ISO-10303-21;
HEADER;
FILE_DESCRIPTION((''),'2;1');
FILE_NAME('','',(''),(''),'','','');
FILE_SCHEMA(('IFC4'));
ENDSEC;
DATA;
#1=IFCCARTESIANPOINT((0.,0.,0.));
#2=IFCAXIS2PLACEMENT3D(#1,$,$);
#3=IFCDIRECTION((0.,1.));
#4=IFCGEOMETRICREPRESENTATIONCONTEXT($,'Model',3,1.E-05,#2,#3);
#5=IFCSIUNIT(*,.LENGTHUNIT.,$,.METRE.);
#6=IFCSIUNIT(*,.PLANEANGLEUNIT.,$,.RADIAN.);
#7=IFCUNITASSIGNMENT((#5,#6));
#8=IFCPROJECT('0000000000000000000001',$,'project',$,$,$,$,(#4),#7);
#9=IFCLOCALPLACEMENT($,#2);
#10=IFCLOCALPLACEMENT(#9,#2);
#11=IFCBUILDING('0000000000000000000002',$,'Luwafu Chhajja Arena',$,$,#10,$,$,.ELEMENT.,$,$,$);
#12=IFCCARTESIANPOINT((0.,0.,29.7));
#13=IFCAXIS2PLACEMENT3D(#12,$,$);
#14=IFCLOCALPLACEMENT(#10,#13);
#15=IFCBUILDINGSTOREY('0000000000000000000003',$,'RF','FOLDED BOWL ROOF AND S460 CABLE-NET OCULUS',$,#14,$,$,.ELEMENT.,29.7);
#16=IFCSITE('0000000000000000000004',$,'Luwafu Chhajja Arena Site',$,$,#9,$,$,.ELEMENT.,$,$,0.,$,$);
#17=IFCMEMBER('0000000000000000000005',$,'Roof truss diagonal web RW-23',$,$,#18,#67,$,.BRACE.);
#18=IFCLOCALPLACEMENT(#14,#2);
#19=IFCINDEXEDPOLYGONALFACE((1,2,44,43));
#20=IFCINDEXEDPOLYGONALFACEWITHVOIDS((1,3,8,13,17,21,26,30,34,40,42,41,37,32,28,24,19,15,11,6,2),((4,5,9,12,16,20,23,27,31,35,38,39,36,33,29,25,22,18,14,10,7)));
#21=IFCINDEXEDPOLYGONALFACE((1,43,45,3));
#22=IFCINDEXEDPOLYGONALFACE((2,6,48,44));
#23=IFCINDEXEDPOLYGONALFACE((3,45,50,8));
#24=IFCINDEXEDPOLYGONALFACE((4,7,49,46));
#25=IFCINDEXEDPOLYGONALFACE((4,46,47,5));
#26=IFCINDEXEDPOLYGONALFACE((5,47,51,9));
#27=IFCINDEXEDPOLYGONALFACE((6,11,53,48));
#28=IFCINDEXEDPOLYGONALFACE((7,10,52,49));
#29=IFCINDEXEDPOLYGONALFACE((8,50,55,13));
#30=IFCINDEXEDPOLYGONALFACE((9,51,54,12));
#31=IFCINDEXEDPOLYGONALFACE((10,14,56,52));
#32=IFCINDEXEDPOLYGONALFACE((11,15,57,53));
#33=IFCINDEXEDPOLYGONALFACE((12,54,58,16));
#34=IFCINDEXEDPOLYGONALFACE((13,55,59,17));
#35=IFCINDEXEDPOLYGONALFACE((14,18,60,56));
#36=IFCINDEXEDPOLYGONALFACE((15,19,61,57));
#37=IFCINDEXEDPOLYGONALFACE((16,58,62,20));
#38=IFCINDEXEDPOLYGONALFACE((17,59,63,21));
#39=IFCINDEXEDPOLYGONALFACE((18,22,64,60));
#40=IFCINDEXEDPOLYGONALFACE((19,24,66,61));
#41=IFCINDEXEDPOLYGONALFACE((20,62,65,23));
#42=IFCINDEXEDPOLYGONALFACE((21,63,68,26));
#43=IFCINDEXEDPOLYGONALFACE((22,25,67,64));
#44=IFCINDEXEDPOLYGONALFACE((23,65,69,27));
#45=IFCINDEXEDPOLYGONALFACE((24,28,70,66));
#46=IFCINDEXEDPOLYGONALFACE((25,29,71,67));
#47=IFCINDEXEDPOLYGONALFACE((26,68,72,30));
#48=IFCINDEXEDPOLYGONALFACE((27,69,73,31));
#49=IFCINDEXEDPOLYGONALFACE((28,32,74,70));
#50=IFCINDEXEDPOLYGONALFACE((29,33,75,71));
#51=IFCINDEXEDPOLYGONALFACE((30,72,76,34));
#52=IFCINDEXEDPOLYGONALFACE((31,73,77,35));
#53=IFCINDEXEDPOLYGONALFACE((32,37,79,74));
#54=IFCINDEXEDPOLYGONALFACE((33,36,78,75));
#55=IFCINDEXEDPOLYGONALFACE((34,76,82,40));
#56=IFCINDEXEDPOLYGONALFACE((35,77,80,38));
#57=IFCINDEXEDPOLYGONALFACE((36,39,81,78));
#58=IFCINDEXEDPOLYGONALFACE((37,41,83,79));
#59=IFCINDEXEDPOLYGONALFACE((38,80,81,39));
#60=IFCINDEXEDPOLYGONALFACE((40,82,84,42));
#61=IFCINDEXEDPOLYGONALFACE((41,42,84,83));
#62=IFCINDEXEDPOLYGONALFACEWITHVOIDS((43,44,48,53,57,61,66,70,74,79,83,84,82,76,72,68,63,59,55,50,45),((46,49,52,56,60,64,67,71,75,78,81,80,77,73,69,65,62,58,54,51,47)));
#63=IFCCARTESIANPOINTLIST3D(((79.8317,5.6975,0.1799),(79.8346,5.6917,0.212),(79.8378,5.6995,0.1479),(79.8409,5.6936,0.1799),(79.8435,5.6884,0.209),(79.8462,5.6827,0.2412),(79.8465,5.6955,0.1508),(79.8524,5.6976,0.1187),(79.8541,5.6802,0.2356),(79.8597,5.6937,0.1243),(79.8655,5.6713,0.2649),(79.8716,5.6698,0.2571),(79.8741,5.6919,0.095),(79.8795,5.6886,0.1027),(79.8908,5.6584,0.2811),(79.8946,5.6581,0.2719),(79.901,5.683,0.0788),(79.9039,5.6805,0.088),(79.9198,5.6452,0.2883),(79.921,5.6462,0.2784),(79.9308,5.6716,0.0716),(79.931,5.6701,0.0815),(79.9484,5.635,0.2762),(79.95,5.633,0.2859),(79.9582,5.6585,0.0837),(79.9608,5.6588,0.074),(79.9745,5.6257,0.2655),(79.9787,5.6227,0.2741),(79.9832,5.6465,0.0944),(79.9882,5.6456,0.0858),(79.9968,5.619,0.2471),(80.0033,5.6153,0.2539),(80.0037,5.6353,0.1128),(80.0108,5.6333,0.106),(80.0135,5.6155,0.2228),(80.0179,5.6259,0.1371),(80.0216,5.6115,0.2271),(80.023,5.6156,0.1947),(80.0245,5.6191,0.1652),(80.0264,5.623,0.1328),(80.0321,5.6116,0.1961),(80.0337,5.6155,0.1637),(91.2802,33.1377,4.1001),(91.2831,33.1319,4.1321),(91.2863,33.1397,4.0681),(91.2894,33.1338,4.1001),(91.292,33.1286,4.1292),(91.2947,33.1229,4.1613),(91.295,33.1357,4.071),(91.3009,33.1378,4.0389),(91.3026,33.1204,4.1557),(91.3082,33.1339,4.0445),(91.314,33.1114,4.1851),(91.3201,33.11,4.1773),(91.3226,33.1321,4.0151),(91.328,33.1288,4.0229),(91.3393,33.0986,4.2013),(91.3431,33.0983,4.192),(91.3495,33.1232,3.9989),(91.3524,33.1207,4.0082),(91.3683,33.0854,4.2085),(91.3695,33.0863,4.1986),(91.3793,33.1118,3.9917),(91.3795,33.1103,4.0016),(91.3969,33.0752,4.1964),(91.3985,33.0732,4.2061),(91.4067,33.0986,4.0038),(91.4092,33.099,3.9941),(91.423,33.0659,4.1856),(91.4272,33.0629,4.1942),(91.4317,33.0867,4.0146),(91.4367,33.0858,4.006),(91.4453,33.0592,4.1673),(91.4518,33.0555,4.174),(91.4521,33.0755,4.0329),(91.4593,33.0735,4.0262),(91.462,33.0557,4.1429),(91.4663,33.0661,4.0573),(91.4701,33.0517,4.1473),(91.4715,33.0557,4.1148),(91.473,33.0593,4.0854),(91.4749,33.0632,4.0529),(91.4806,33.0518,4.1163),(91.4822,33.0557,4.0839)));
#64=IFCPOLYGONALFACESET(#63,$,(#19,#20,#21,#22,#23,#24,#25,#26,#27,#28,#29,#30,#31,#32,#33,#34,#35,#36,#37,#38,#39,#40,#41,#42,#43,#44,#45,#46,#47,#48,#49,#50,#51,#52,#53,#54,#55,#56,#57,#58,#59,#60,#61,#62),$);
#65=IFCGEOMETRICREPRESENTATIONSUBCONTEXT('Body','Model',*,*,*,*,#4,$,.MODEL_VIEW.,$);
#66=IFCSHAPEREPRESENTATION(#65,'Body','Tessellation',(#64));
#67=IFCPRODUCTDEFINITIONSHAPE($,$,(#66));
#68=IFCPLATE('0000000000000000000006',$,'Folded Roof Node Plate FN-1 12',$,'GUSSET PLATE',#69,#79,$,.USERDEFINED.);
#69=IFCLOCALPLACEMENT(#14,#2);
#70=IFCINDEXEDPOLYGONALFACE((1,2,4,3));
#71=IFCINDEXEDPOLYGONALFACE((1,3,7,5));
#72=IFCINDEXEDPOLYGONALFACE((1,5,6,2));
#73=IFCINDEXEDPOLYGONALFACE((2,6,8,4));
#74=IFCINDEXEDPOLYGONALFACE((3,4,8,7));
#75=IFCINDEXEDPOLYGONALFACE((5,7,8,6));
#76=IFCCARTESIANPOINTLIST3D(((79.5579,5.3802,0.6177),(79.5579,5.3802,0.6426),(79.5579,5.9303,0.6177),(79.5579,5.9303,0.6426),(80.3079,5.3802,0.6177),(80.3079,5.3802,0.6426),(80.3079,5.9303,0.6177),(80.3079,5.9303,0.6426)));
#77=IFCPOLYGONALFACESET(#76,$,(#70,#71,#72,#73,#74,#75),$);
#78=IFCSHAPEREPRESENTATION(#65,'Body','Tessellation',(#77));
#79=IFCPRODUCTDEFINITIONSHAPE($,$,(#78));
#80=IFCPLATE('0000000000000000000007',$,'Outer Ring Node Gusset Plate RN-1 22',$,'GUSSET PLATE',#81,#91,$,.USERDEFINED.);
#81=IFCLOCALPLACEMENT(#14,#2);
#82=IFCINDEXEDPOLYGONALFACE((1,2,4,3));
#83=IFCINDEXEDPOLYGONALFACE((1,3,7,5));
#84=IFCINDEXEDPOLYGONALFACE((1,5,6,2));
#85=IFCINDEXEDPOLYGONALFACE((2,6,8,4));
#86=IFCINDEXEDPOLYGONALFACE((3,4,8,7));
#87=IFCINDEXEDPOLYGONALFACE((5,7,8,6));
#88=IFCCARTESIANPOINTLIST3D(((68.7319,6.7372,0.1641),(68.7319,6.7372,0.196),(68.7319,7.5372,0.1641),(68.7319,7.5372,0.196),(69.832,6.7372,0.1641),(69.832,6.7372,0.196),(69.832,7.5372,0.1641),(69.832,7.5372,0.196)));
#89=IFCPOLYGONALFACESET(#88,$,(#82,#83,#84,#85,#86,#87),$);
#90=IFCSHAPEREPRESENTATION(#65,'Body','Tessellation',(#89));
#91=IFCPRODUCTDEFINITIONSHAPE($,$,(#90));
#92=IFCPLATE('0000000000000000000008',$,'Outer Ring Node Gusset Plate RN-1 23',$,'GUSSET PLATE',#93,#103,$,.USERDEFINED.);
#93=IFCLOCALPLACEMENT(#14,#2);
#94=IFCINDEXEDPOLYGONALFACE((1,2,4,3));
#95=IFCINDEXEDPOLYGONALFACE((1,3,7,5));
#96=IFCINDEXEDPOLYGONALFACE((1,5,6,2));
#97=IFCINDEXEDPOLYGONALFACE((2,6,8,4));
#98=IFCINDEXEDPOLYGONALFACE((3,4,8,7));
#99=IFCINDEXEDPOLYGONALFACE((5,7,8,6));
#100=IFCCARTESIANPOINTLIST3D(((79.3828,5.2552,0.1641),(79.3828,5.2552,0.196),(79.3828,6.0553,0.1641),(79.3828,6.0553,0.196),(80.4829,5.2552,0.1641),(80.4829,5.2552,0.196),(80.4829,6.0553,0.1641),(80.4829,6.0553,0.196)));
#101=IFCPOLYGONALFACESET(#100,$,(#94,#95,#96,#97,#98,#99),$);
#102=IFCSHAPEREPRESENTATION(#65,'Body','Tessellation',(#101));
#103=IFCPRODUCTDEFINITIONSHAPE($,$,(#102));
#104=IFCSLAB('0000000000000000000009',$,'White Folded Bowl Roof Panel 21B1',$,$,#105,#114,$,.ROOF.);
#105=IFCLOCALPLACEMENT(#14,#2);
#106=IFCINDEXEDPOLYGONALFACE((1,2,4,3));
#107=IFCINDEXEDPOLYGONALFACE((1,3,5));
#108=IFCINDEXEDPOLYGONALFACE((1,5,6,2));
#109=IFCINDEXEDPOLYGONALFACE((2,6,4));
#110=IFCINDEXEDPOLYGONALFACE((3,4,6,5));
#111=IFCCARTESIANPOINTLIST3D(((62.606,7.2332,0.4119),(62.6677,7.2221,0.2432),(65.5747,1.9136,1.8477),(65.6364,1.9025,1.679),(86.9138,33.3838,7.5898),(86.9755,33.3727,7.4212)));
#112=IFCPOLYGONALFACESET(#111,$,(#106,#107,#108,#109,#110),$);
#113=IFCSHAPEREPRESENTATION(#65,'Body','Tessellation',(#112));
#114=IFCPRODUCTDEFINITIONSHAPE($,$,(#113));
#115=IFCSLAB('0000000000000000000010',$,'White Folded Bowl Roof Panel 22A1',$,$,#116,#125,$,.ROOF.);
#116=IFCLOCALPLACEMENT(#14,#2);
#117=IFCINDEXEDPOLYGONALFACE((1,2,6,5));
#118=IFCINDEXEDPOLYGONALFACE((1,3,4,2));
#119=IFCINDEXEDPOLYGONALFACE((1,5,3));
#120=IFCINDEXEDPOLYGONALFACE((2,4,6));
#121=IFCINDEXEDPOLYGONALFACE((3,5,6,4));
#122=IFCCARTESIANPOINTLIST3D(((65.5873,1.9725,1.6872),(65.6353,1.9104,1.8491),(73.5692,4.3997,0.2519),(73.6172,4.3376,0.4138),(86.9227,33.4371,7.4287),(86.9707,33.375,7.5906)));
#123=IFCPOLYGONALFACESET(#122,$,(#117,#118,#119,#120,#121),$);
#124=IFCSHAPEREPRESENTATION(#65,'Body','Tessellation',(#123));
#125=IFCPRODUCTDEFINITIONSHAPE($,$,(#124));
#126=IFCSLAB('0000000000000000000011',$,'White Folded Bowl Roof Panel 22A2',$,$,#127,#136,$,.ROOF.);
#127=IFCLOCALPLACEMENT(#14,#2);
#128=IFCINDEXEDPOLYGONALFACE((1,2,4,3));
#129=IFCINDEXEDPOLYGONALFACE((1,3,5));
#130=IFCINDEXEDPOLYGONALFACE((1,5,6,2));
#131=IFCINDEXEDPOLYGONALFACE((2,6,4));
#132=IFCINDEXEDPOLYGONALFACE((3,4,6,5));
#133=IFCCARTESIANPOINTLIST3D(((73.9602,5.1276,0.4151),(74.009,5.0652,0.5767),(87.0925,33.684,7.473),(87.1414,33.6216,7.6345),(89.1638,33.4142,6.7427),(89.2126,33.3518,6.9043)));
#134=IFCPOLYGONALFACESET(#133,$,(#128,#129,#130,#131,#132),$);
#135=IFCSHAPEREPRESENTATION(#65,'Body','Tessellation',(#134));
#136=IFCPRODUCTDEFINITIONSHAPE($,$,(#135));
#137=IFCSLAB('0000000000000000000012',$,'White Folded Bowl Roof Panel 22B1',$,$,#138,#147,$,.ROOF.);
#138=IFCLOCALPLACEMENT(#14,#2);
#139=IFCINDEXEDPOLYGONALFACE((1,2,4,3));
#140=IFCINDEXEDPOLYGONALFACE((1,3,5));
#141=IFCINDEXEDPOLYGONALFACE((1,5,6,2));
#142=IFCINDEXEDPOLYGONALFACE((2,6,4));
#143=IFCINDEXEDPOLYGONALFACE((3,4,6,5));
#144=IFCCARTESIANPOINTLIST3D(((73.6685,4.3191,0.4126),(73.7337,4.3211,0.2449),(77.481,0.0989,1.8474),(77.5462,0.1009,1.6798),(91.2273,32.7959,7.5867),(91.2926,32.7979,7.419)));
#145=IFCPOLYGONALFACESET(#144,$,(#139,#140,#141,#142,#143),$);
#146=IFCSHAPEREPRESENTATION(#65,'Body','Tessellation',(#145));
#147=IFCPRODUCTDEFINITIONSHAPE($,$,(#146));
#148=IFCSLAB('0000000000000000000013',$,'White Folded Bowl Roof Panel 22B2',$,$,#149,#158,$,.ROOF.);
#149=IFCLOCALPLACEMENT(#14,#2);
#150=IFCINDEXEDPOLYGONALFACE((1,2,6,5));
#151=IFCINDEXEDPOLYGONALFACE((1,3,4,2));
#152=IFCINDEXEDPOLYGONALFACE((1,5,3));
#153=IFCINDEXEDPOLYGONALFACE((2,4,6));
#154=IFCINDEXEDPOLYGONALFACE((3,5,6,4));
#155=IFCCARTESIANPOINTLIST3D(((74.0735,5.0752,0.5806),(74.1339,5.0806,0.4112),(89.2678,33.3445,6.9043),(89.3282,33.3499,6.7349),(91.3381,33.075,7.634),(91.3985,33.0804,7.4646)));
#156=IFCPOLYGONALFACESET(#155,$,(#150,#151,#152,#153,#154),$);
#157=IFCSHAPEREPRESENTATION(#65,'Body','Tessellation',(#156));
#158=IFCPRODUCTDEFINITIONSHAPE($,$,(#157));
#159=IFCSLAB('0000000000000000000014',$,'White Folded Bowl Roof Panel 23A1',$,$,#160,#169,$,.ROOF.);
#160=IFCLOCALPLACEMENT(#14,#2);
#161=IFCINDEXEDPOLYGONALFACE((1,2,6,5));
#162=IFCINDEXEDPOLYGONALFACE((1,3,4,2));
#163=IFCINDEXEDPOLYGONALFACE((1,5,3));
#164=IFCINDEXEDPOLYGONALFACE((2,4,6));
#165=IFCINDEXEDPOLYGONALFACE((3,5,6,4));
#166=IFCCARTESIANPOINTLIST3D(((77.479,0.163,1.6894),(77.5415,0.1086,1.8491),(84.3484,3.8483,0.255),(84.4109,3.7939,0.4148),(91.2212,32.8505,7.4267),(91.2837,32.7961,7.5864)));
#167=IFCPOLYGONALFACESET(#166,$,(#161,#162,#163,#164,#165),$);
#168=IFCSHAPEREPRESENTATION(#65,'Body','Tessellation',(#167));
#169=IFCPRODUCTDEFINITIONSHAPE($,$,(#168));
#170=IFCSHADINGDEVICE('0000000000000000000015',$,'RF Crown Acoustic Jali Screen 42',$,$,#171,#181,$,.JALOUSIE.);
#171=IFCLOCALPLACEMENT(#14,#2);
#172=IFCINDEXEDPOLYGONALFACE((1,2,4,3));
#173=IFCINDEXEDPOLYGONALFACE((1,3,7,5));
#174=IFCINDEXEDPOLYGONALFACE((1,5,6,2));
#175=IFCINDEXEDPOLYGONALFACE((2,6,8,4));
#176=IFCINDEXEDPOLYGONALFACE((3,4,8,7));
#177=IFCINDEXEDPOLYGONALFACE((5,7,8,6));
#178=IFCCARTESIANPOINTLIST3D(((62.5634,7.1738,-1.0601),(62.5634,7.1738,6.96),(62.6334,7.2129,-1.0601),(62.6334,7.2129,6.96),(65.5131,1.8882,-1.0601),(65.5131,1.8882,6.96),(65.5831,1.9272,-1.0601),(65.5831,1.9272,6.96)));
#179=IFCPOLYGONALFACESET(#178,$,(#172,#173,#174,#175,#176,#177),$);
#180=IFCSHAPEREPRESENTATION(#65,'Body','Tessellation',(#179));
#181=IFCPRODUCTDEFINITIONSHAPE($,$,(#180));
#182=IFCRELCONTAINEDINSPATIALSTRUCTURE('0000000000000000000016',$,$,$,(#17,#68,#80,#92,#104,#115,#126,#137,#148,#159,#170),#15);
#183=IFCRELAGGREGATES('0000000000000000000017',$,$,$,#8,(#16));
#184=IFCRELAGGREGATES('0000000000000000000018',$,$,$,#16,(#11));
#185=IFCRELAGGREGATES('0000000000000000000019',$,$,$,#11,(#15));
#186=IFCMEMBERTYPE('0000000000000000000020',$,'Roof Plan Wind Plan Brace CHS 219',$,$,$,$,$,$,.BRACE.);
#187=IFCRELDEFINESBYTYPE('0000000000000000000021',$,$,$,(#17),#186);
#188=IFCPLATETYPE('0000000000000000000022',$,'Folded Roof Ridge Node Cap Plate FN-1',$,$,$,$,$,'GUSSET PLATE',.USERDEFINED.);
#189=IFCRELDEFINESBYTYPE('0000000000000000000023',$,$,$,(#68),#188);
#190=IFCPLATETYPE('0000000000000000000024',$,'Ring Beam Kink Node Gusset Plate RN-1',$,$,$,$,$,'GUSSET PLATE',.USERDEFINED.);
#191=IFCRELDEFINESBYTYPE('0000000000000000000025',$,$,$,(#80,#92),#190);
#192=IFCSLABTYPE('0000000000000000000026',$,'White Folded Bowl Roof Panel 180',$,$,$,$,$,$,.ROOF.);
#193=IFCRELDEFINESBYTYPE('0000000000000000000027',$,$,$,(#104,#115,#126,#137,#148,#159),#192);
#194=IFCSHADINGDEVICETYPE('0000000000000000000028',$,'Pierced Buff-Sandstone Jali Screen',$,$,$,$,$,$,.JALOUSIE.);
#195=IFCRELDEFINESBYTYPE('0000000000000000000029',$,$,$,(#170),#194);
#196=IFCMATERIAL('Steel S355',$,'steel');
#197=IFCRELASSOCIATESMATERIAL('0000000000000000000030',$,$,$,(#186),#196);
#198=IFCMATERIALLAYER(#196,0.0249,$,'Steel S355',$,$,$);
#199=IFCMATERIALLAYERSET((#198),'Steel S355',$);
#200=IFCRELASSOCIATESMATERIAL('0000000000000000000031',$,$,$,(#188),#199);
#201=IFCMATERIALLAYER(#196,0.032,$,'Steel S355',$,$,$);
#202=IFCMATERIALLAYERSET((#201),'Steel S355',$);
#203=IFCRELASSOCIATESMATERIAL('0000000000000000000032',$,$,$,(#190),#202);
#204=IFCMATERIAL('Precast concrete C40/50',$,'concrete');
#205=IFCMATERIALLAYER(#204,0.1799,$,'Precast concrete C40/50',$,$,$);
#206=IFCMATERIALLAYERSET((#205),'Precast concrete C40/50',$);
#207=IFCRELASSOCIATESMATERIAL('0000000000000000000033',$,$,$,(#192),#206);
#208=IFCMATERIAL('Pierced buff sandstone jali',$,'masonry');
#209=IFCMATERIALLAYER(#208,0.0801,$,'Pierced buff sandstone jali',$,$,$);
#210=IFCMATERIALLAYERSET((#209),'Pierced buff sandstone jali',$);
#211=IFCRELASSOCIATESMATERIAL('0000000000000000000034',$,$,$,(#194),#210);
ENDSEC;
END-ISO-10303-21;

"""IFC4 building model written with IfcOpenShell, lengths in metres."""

from ifc_helpers import new_model, si_unit, direction, frame, origin, origin_2d, place, context, subcontext, project, spatial, polyline, rectangle, hollow_circle, outline, extrude, material, layer, layer_set, material_profile, profile_set, type_object, element, save


model = new_model("IFC4")

# Units and contexts
model_context = context("Model", 3, precision=1e-05, world=origin(), true_north=direction((0.0, 1.0)))
body_context = subcontext(model_context, "Body", "Model", "MODEL_VIEW")
ifc_project = project(units=[si_unit("LENGTHUNIT", "METRE"), si_unit("PLANEANGLEUNIT", "RADIAN")], contexts=[model_context])

# Site, building, storey
site_placement = place(None, origin())
site = spatial("IfcSite", under=ifc_project, at=site_placement, Name="Luwafu Chhajja Arena Site", CompositionType="ELEMENT", RefElevation=0.0)
building_placement = place(site_placement, origin())
building = spatial("IfcBuilding", under=site, at=building_placement, Name="Luwafu Chhajja Arena", CompositionType="ELEMENT")
storey_placement = place(building_placement, frame((0.0, 0.0, 29.7)))
storey = spatial("IfcBuildingStorey", under=building, at=storey_placement, Name="RF", Description="FOLDED BOWL ROOF AND S460 CABLE-NET OCULUS", CompositionType="ELEMENT", Elevation=29.7)

# Shared definitions
ifc_material_1 = material(Name="Steel S355", Category="steel")

# Member
ifc_material_profile_1 = material_profile(ifc_material_1, hollow_circle(Radius=0.1096, WallThickness=0.01, at=origin_2d()), Name="CHS 219.1x10")
ifc_profile_set_1 = profile_set([ifc_material_profile_1], Name="Steel S355")
member_type = type_object("IfcMemberType", Name="Roof Plan Wind Plan Brace CHS 219", PredefinedType="BRACE", material=ifc_profile_set_1)
member_1_placement = place(storey_placement, frame((79.9329, 5.6553, 0.1799), z_axis=(0.381744, 0.914978, 0.130716), x_axis=(-0.922897, 0.385047, 0.0)))
element("IfcMember", 1, at=member_1_placement, inside=storey, type_object=member_type, Name="Roof truss diagonal web RW-23", PredefinedType="BRACE", context=body_context, shape_type="SweptSolid", body=[
    extrude(hollow_circle(Radius=0.1096, WallThickness=0.01, at=origin_2d()), origin(), (0.0, 0.0, 1.0), 29.99),
])

# Plates
ifc_layer_1 = layer(ifc_material_1, 0.0249, Name="Steel S355")
ifc_layer_set_1 = layer_set([ifc_layer_1], Name="Steel S355")
plate_type_1 = type_object("IfcPlateType", Name="Folded Roof Ridge Node Cap Plate FN-1", ElementType="GUSSET PLATE", PredefinedType="USERDEFINED", material=ifc_layer_set_1)
plate_placement = place(storey_placement, frame((79.9329, 5.6553, 0.6177), z_axis=(0.0, 0.0, 1.0), x_axis=(1.0, 0.0, 0.0)))
element("IfcPlate", 2, at=plate_placement, inside=storey, type_object=plate_type_1, Name="Folded Roof Node Plate FN-1 12", ObjectType="GUSSET PLATE", PredefinedType="USERDEFINED", context=body_context, shape_type="SweptSolid", body=[
    extrude(rectangle(XDim=0.75, YDim=0.55, at=origin_2d()), origin(), (0.0, 0.0, 1.0), 0.0249),
])
ifc_layer_2 = layer(ifc_material_1, 0.032, Name="Steel S355")
ifc_layer_set_2 = layer_set([ifc_layer_2], Name="Steel S355")
plate_type_2 = type_object("IfcPlateType", Name="Ring Beam Kink Node Gusset Plate RN-1", ElementType="GUSSET PLATE", PredefinedType="USERDEFINED", material=ifc_layer_set_2)
for number, where, z_axis, x_axis, name in (
    (3, (69.282, 7.1372, 0.1641), (0.0, 0.0, 1.0), (1.0, 0.0, 0.0), "Outer Ring Node Gusset Plate RN-1 22"),
    (4, (79.9329, 5.6553, 0.1641), (0.0, 0.0, 1.0), (1.0, 0.0, 0.0), "Outer Ring Node Gusset Plate RN-1 23"),
):
    element("IfcPlate", number, at=place(storey_placement, frame(where, z_axis=z_axis, x_axis=x_axis)), inside=storey, type_object=plate_type_2, Name=name, ObjectType="GUSSET PLATE", PredefinedType="USERDEFINED", context=body_context, shape_type="SweptSolid", body=[
        extrude(rectangle(XDim=1.1001, YDim=0.8, at=origin_2d()), origin(), (0.0, 0.0, 1.0), 0.032),
    ])

# Slabs
ifc_material_2 = material(Name="Precast concrete C40/50", Category="concrete")
ifc_layer_3 = layer(ifc_material_2, 0.1799, Name="Precast concrete C40/50")
ifc_layer_set_3 = layer_set([ifc_layer_3], Name="Precast concrete C40/50")
slab_type = type_object("IfcSlabType", Name="White Folded Bowl Roof Panel 180", PredefinedType="ROOF", material=ifc_layer_set_3)
slab_1_placement = place(storey_placement, frame((62.606, 7.2332, 0.4119), z_axis=(-0.34301, 0.06156, 0.937312), x_axis=(0.667473, 0.718074, 0.197101)))
element("IfcSlab", 5, at=slab_1_placement, inside=storey, type_object=slab_type, Name="White Folded Bowl Roof Panel 21B1", PredefinedType="ROOF", context=body_context, shape_type="SweptSolid", body=[
    extrude(outline(polyline([(0.0, 0.0), (36.4177, 0.0), (-1.5553, -6.0625), (0.0, 0.0)])), origin(), (0.0, 0.0, -1.0), 0.1799),
])
slab_2_placement = place(storey_placement, frame((65.6353, 1.9104, 1.8491), z_axis=(0.26675, -0.345079, 0.899869), x_axis=(0.554929, 0.818385, 0.149334)))
element("IfcSlab", 6, at=slab_2_placement, inside=storey, type_object=slab_type, Name="White Folded Bowl Roof Panel 22A1", PredefinedType="ROOF", context=body_context, shape_type="SweptSolid", body=[
    extrude(outline(polyline([(0.0, 0.0), (38.4472, 0.0), (6.2015, -5.7623), (0.0, 0.0)])), origin(), (0.0, 0.0, -1.0), 0.1799),
])
slab_3_placement = place(storey_placement, frame((74.009, 5.0652, 0.5767), z_axis=(0.271378, -0.34671, 0.897856), x_axis=(0.407659, 0.88646, 0.219093)))
element("IfcSlab", 7, at=slab_3_placement, inside=storey, type_object=slab_type, Name="White Folded Bowl Roof Panel 22A2", PredefinedType="ROOF", context=body_context, shape_type="SweptSolid", body=[
    extrude(outline(polyline([(0.0, 0.0), (32.214, 0.0), (32.6592, -2.1675), (0.0, 0.0)])), origin(), (0.0, 0.0, -1.0), 0.1799),
])
slab_4_placement = place(storey_placement, frame((73.6685, 4.3191, 0.4126), z_axis=(-0.362853, -0.011005, 0.931781), x_axis=(0.513182, 0.832275, 0.209672)))
element("IfcSlab", 8, at=slab_4_placement, inside=storey, type_object=slab_type, Name="White Folded Bowl Roof Panel 22B1", PredefinedType="ROOF", context=body_context, shape_type="SweptSolid", body=[
    extrude(outline(polyline([(0.0, 0.0), (34.2156, 0.0), (-1.255, -5.7297), (0.0, 0.0)])), origin(), (0.0, 0.0, -1.0), 0.1799),
])
slab_5_placement = place(storey_placement, frame((74.0735, 5.0752, 0.5806), z_axis=(-0.335766, -0.030132, 0.941463), x_axis=(0.464502, 0.864213, 0.193321)))
element("IfcSlab", 9, at=slab_5_placement, inside=storey, type_object=slab_type, Name="White Folded Bowl Roof Panel 22B2", PredefinedType="ROOF", context=body_context, shape_type="SweptSolid", body=[
    extrude(outline(polyline([(0.0, 0.0), (32.711, 0.0), (33.5808, -2.0334), (0.0, 0.0)])), origin(), (0.0, 0.0, -1.0), 0.1799),
])
slab_6_placement = place(storey_placement, frame((77.5415, 0.1086, 1.8491), z_axis=(0.347317, -0.301849, 0.887839), x_axis=(0.382579, 0.910012, 0.159725)))
element("IfcSlab", 10, at=slab_6_placement, inside=storey, type_object=slab_type, Name="White Folded Bowl Roof Panel 23A1", PredefinedType="ROOF", context=body_context, shape_type="SweptSolid", body=[
    extrude(outline(polyline([(0.0, 0.0), (35.9199, 0.0), (5.7527, -5.4529), (0.0, 0.0)])), origin(), (0.0, 0.0, -1.0), 0.1799),
])

# Shading device
ifc_material_3 = material(Name="Pierced buff sandstone jali", Category="masonry")
ifc_layer_4 = layer(ifc_material_3, 0.0801, Name="Pierced buff sandstone jali")
ifc_layer_set_4 = layer_set([ifc_layer_4], Name="Pierced buff sandstone jali")
shading_device_type = type_object("IfcShadingDeviceType", Name="Pierced Buff-Sandstone Jali Screen", PredefinedType="JALOUSIE", material=ifc_layer_set_4)
shading_device_1_placement = place(storey_placement, frame((64.0732, 4.5505, -1.0601), z_axis=(0.0, 0.0, 1.0), x_axis=(0.487313, -0.873227, 0.0)))
element("IfcShadingDevice", 11, at=shading_device_1_placement, inside=storey, type_object=shading_device_type, Name="RF Crown Acoustic Jali Screen 42", PredefinedType="JALOUSIE", context=body_context, shape_type="SweptSolid", body=[
    extrude(rectangle(XDim=6.053, YDim=0.0801, at=origin_2d()), origin(), (0.0, 0.0, 1.0), 8.02),
])

save(model, "model.ifc")
